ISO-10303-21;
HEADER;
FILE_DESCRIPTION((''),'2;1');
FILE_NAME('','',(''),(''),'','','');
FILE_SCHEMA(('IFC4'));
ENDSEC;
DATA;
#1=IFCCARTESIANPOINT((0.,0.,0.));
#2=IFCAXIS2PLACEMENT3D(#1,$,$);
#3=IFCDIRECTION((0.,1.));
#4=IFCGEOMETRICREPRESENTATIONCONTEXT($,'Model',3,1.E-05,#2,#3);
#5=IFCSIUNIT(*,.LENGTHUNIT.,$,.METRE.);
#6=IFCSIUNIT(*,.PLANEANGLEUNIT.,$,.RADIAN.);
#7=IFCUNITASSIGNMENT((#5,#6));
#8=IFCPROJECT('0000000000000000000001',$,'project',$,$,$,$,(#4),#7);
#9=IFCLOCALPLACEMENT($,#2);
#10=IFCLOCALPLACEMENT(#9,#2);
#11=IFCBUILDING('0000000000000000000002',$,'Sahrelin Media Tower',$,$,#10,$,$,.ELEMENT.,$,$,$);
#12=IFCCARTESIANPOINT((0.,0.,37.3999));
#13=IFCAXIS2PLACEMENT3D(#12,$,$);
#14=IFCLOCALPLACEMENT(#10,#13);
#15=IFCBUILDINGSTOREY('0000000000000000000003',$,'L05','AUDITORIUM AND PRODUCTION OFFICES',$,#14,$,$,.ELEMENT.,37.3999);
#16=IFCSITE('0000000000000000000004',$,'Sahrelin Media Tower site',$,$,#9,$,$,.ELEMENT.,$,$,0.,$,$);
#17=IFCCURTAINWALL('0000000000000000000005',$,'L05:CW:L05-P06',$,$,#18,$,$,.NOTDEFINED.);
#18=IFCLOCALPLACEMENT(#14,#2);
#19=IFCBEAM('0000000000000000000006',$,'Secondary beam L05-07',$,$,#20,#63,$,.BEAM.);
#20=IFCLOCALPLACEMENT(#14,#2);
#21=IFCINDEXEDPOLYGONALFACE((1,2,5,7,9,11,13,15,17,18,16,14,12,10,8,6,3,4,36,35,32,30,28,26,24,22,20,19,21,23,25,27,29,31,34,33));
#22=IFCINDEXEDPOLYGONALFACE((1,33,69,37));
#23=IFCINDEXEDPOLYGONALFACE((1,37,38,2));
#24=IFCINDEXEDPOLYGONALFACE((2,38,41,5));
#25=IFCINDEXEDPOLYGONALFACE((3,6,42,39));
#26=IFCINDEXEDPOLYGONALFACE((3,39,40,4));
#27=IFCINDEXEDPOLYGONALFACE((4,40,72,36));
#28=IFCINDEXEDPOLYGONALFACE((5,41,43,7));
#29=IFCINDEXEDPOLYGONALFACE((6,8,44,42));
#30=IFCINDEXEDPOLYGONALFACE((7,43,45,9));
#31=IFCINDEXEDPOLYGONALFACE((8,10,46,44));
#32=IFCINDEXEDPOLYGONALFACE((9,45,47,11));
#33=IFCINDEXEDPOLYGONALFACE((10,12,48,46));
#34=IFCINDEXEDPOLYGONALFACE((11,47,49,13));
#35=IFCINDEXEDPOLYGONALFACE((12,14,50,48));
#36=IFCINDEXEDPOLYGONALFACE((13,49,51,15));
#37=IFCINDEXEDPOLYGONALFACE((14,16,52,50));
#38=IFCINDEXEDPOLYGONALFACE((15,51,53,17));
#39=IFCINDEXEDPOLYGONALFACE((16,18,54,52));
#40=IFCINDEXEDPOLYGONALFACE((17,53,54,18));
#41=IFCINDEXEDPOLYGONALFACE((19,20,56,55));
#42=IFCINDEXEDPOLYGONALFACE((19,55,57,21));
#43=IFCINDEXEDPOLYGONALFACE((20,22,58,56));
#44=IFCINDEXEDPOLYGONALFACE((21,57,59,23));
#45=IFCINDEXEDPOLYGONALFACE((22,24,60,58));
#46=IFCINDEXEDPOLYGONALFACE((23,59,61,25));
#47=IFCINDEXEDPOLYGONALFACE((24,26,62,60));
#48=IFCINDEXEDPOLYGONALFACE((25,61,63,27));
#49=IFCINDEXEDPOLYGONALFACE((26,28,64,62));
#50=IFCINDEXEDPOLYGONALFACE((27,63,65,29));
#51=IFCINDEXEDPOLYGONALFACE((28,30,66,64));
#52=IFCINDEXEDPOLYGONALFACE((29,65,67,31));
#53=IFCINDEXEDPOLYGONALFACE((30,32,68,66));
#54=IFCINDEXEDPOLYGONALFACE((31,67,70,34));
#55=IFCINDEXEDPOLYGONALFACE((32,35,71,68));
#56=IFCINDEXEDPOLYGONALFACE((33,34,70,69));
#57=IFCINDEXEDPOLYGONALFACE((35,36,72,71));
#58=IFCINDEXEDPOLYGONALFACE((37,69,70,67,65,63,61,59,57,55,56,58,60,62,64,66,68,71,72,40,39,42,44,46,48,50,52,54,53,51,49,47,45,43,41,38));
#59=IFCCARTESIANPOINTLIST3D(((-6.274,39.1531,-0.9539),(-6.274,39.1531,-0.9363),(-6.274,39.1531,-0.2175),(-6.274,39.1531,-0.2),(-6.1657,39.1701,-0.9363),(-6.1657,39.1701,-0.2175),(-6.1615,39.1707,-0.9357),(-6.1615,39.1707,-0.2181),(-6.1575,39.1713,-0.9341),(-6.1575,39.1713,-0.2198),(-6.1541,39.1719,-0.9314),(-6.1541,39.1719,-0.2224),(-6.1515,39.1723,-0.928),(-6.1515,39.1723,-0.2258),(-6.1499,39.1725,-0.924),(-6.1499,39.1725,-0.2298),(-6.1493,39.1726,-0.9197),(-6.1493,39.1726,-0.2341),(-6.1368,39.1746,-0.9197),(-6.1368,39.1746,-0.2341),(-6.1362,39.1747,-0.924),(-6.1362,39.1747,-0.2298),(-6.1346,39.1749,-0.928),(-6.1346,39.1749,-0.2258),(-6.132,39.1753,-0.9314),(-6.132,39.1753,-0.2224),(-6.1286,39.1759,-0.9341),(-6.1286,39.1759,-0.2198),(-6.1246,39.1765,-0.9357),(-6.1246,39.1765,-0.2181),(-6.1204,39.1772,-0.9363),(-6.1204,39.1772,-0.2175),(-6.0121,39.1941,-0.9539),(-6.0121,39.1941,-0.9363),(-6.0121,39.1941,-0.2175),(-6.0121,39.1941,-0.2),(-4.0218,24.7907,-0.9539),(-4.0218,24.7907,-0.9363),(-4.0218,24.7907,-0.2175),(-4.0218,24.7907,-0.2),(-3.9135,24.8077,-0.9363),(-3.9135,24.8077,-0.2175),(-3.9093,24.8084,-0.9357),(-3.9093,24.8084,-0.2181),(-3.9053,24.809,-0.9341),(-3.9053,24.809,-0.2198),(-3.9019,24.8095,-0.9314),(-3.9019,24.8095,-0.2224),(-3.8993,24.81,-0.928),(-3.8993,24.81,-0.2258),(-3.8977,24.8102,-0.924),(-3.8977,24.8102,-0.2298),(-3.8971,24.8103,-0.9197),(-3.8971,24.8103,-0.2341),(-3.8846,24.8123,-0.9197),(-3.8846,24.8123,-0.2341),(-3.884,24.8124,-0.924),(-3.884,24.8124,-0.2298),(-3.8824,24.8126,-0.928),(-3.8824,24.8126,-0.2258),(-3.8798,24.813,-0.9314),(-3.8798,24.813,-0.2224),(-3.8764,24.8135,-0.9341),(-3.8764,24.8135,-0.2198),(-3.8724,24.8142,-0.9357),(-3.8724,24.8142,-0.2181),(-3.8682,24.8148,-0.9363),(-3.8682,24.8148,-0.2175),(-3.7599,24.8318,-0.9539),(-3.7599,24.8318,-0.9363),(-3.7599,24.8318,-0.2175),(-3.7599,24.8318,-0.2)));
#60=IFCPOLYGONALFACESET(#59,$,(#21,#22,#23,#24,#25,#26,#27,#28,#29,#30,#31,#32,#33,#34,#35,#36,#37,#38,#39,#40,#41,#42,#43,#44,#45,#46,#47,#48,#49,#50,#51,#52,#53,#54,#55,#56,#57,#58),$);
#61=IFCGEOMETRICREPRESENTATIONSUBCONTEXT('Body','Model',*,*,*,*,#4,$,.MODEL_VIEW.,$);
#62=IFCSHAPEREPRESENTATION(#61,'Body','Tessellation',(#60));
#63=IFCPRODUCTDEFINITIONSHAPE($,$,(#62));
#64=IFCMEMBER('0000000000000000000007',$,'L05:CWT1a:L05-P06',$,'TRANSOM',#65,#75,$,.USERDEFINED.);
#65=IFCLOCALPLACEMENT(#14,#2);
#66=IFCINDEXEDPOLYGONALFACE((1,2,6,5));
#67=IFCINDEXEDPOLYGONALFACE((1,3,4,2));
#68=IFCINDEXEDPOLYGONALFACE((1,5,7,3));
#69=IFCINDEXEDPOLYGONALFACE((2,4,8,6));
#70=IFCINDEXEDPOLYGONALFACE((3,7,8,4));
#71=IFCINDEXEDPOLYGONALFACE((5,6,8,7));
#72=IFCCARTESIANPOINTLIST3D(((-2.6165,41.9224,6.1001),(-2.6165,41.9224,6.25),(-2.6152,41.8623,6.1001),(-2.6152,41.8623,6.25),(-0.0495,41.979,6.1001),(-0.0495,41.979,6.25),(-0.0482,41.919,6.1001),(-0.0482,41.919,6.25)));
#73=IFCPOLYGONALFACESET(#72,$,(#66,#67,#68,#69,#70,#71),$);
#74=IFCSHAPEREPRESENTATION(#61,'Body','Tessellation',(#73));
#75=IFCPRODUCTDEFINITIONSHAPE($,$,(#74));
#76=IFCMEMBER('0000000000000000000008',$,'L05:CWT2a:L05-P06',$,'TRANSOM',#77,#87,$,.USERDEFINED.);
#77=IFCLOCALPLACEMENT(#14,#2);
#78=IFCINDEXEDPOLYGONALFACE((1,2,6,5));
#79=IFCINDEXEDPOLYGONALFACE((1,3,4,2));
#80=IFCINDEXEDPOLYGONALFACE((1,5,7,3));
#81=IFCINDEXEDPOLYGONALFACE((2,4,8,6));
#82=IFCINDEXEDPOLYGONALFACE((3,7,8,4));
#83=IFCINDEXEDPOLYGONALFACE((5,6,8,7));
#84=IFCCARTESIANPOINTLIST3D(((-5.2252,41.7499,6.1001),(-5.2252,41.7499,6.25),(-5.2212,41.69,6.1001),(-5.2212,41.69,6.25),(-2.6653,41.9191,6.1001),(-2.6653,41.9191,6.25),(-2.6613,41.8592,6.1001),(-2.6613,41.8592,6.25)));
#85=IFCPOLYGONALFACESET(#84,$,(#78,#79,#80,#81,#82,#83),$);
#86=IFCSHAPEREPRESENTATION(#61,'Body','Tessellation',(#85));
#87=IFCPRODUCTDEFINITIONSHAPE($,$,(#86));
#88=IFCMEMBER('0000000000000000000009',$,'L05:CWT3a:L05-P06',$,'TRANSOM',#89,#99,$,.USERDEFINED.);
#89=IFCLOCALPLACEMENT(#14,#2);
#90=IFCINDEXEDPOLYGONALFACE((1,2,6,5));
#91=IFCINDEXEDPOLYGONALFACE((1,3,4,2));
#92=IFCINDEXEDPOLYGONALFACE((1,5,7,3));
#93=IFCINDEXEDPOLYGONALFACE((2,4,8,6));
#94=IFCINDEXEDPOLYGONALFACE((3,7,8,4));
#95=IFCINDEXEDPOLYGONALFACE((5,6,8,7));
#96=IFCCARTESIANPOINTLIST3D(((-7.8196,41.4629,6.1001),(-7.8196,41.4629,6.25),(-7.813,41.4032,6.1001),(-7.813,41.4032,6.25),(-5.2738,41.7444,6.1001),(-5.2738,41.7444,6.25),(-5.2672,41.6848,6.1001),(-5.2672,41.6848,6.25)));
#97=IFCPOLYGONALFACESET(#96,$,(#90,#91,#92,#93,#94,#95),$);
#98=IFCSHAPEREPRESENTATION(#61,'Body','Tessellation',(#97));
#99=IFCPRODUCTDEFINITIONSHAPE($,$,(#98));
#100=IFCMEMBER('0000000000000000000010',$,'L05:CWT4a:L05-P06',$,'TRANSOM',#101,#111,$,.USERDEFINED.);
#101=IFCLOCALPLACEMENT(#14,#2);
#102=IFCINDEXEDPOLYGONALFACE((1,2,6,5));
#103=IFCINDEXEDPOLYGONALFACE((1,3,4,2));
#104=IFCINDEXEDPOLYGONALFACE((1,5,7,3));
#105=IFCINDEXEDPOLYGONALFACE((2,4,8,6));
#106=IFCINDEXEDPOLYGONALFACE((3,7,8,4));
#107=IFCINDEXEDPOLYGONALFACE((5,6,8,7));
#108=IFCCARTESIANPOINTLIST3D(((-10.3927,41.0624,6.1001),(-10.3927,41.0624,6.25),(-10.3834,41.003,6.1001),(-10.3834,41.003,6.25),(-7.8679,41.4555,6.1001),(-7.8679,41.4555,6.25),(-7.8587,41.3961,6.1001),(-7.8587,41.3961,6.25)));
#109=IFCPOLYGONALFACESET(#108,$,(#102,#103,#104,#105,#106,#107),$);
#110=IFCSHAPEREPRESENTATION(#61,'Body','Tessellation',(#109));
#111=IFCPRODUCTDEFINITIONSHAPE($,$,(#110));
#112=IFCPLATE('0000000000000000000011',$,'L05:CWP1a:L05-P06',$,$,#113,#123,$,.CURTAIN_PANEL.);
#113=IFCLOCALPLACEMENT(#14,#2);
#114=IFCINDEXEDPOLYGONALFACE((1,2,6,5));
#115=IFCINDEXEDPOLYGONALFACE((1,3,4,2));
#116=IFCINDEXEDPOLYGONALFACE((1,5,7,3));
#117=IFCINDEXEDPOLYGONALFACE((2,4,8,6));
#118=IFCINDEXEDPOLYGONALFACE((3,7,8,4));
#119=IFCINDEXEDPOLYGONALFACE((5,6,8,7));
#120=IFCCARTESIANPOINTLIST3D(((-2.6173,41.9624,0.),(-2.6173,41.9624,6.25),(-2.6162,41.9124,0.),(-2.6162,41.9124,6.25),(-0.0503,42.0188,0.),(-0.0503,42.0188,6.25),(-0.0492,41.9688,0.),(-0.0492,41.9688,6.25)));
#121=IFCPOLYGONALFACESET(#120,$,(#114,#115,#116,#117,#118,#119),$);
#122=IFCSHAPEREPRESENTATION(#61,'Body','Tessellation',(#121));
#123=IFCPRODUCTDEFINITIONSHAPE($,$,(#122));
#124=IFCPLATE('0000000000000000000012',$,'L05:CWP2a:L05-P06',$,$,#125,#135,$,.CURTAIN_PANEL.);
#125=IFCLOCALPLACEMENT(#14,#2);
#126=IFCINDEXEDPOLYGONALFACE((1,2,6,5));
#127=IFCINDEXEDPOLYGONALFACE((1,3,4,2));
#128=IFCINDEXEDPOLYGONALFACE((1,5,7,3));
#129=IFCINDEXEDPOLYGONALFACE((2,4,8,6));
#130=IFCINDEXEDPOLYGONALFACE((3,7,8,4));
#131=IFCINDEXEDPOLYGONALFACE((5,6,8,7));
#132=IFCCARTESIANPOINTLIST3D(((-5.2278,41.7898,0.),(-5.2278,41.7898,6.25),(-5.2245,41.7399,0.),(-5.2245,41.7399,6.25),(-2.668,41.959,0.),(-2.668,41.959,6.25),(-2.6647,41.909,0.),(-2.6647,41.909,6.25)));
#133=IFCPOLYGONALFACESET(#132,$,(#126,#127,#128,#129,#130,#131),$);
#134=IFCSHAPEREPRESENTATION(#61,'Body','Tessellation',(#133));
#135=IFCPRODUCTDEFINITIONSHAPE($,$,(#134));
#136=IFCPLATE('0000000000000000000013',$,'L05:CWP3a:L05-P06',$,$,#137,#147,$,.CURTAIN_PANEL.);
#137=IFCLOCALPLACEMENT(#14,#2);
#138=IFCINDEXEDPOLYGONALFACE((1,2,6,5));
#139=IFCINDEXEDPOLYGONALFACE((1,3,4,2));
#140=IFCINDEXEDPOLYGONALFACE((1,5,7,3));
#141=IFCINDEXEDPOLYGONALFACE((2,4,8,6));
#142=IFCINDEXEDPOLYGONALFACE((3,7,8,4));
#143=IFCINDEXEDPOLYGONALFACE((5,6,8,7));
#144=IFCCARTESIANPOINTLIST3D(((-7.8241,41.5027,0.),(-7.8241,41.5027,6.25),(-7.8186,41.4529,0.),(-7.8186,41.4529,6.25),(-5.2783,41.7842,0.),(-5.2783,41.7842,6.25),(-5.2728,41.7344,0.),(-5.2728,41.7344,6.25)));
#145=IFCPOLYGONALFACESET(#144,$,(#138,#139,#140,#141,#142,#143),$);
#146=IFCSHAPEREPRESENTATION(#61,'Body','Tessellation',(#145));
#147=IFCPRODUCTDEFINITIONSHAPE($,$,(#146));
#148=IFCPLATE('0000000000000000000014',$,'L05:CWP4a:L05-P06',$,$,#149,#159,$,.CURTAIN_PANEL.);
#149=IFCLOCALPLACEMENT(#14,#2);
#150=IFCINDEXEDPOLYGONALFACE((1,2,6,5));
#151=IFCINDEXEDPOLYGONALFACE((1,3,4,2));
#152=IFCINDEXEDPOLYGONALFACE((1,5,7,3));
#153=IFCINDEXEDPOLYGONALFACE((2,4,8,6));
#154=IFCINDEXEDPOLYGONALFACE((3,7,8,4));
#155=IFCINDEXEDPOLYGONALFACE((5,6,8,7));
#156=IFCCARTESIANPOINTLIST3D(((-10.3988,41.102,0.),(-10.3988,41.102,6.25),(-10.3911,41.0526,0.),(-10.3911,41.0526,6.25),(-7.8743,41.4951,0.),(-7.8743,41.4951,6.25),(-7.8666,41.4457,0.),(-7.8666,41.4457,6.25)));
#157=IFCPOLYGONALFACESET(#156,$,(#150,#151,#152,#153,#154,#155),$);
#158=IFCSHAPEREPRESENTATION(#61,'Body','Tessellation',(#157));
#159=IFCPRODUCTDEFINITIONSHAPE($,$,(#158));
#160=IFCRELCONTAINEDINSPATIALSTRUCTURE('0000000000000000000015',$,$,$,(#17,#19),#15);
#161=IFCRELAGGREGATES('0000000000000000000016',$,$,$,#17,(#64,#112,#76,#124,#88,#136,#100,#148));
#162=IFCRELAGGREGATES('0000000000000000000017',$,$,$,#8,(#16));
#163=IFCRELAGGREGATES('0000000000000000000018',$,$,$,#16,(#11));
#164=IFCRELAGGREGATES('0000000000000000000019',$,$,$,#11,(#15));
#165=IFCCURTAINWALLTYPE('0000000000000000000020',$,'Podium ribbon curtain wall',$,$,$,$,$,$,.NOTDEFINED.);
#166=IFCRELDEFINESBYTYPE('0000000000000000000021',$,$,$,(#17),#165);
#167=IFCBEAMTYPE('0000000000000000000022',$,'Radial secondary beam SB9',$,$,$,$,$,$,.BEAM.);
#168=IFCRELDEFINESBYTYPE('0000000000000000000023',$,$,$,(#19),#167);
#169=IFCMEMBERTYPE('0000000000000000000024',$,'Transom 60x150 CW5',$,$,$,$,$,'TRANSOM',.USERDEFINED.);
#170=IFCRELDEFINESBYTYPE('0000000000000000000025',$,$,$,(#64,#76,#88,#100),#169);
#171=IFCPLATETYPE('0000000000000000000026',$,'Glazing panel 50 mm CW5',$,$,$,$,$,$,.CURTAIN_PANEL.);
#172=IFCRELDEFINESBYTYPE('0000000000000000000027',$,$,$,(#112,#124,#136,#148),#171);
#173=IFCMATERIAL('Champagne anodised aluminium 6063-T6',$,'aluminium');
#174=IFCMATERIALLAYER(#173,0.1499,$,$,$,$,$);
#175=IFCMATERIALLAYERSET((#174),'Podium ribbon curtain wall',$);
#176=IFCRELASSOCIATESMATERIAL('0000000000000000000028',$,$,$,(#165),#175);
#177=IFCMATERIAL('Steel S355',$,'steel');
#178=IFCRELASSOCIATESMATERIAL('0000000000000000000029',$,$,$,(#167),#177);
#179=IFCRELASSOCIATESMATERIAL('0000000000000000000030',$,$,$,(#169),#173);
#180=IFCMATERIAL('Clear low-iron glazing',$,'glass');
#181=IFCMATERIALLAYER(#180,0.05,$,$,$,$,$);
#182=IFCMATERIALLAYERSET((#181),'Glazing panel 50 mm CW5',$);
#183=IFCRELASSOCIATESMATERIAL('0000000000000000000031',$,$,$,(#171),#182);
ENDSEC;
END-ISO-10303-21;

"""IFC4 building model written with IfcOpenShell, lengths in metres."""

from ifc_helpers import new_model, si_unit, direction, frame, origin, origin_2d, place, context, subcontext, project, spatial, polyline, rectangle, i_section, outline, extrude, material, layer, layer_set, material_profile, profile_set, type_object, element, aggregate, save


model = new_model("IFC4")

# Units and contexts
model_context = context("Model", 3, precision=1e-05, world=origin(), true_north=direction((0.0, 1.0)))
body_context = subcontext(model_context, "Body", "Model", "MODEL_VIEW")
ifc_project = project(units=[si_unit("LENGTHUNIT", "METRE"), si_unit("PLANEANGLEUNIT", "RADIAN")], contexts=[model_context])

# Site, building, storey
site_placement = place(None, origin())
site = spatial("IfcSite", under=ifc_project, at=site_placement, Name="Sahrelin Media Tower site", CompositionType="ELEMENT", RefElevation=0.0)
building_placement = place(site_placement, origin())
building = spatial("IfcBuilding", under=site, at=building_placement, Name="Sahrelin Media Tower", CompositionType="ELEMENT")
storey_placement = place(building_placement, frame((0.0, 0.0, 37.3999)))
storey = spatial("IfcBuildingStorey", under=building, at=storey_placement, Name="L05", Description="AUDITORIUM AND PRODUCTION OFFICES", CompositionType="ELEMENT", Elevation=37.3999)

# Shared definitions
ifc_material_1 = material(Name="Steel S355", Category="steel")

# Curtain wall
ifc_material_2 = material(Name="Champagne anodised aluminium 6063-T6", Category="aluminium")
ifc_layer_1 = layer(ifc_material_2, 0.1499)
ifc_layer_set_1 = layer_set([ifc_layer_1], Name="Podium ribbon curtain wall")
curtain_wall_type = type_object("IfcCurtainWallType", Name="Podium ribbon curtain wall", PredefinedType="NOTDEFINED", material=ifc_layer_set_1)
curtain_wall_placement = place(storey_placement, frame((0.0, 42.0, 0.0), z_axis=(0.0, 0.0, 1.0), x_axis=(1.0, 0.0, 0.0)))
curtain_wall = element("IfcCurtainWall", 1, at=curtain_wall_placement, inside=storey, type_object=curtain_wall_type, Name="L05:CW:L05-P06", PredefinedType="NOTDEFINED")

# Beam
ifc_material_profile_1 = material_profile(ifc_material_1, i_section(OverallWidth=0.2651, OverallDepth=0.7539, WebThickness=0.0127, FlangeThickness=0.0176, FilletRadius=0.0166, at=origin_2d()), Name="UB 762x267x147")
ifc_profile_set_1 = profile_set([ifc_material_profile_1], Name="Steel S355")
beam_type_1 = type_object("IfcBeamType", Name="Radial secondary beam SB9", PredefinedType="BEAM", material=ifc_profile_set_1)
beam_1_placement = place(storey_placement, frame((-3.8909, 24.8113, -0.5769), z_axis=(-0.15492, 0.987927, 0.0), x_axis=(-0.987927, -0.15492, 0.0)))
element("IfcBeam", 2, at=beam_1_placement, inside=storey, type_object=beam_type_1, Name="Secondary beam L05-07", PredefinedType="BEAM", context=body_context, shape_type="SweptSolid", body=[
    extrude(i_section(OverallWidth=0.2651, OverallDepth=0.7539, WebThickness=0.0127, FlangeThickness=0.0176, FilletRadius=0.0166, at=origin_2d()), origin(), (0.0, 0.0, 1.0), 14.5378),
])

# Members
ifc_material_profile_2 = material_profile(ifc_material_2, rectangle(XDim=0.0601, YDim=0.1499, at=origin_2d()), Name="Transom 60x150")
ifc_profile_set_2 = profile_set([ifc_material_profile_2], Name="Champagne anodised aluminium 6063-T6")
member_type_1 = type_object("IfcMemberType", Name="Transom 60x150 CW5", ElementType="TRANSOM", PredefinedType="USERDEFINED", material=ifc_profile_set_2)
member_1_placement = place(storey_placement, frame((-0.0488, 41.949, 6.175), z_axis=(-0.999757, -0.02206, 0.0), x_axis=(0.02206, -0.999757, 0.0)))
member_1 = element("IfcMember", 3, at=member_1_placement, type_object=member_type_1, Name="L05:CWT1a:L05-P06", ObjectType="TRANSOM", PredefinedType="USERDEFINED", context=body_context, shape_type="SweptSolid", body=[
    extrude(rectangle(XDim=0.0601, YDim=0.1499, at=origin_2d()), origin(), (0.0, 0.0, 1.0), 2.5676),
])
member_2_placement = place(storey_placement, frame((-2.6633, 41.8892, 6.175), z_axis=(-0.997823, -0.065951, 0.0), x_axis=(0.065951, -0.997823, 0.0)))
member_2 = element("IfcMember", 4, at=member_2_placement, type_object=member_type_1, Name="L05:CWT2a:L05-P06", ObjectType="TRANSOM", PredefinedType="USERDEFINED", context=body_context, shape_type="SweptSolid", body=[
    extrude(rectangle(XDim=0.0601, YDim=0.1499, at=origin_2d()), origin(), (0.0, 0.0, 1.0), 2.5654),
])
member_3_placement = place(storey_placement, frame((-5.2705, 41.7146, 6.175), z_axis=(-0.993942, -0.109908, 0.0), x_axis=(0.109908, -0.993942, 0.0)))
member_3 = element("IfcMember", 5, at=member_3_placement, type_object=member_type_1, Name="L05:CWT3a:L05-P06", ObjectType="TRANSOM", PredefinedType="USERDEFINED", context=body_context, shape_type="SweptSolid", body=[
    extrude(rectangle(XDim=0.0601, YDim=0.1499, at=origin_2d()), origin(), (0.0, 0.0, 1.0), 2.5613),
])
member_4_placement = place(storey_placement, frame((-7.8633, 41.4258, 6.175), z_axis=(-0.988096, -0.153838, 0.0), x_axis=(0.153838, -0.988096, 0.0)))
member_4 = element("IfcMember", 6, at=member_4_placement, type_object=member_type_1, Name="L05:CWT4a:L05-P06", ObjectType="TRANSOM", PredefinedType="USERDEFINED", context=body_context, shape_type="SweptSolid", body=[
    extrude(rectangle(XDim=0.0601, YDim=0.1499, at=origin_2d()), origin(), (0.0, 0.0, 1.0), 2.5552),
])

# Plates
ifc_material_3 = material(Name="Clear low-iron glazing", Category="glass")
ifc_layer_2 = layer(ifc_material_3, 0.05)
ifc_layer_set_2 = layer_set([ifc_layer_2], Name="Glazing panel 50 mm CW5")
plate_type = type_object("IfcPlateType", Name="Glazing panel 50 mm CW5", PredefinedType="CURTAIN_PANEL", material=ifc_layer_set_2)
plate_1_placement = place(storey_placement, frame((-0.0503, 42.0188, 0.0), z_axis=(-0.021965, 0.999759, 0.0), x_axis=(-0.999759, -0.021965, 0.0)))
plate_1 = element("IfcPlate", 7, at=plate_1_placement, type_object=plate_type, Name="L05:CWP1a:L05-P06", PredefinedType="CURTAIN_PANEL", context=body_context, shape_type="SweptSolid", body=[
    extrude(outline(polyline([(0.0, 0.0), (2.5676, 0.0), (2.5676, 6.25), (0.0, 6.25), (0.0, 0.0)])), origin(), (0.0, 0.0, -1.0), 0.05),
])
plate_2_placement = place(storey_placement, frame((-2.668, 41.959, 0.0), z_axis=(-0.065951, 0.997823, 0.0), x_axis=(-0.997823, -0.065951, 0.0)))
plate_2 = element("IfcPlate", 8, at=plate_2_placement, type_object=plate_type, Name="L05:CWP2a:L05-P06", PredefinedType="CURTAIN_PANEL", context=body_context, shape_type="SweptSolid", body=[
    extrude(outline(polyline([(0.0, 0.0), (2.5654, 0.0), (2.5654, 6.25), (0.0, 6.25), (0.0, 0.0)])), origin(), (0.0, 0.0, -1.0), 0.05),
])
plate_3_placement = place(storey_placement, frame((-5.2783, 41.7842, 0.0), z_axis=(-0.109908, 0.993942, 0.0), x_axis=(-0.993942, -0.109908, 0.0)))
plate_3 = element("IfcPlate", 9, at=plate_3_placement, type_object=plate_type, Name="L05:CWP3a:L05-P06", PredefinedType="CURTAIN_PANEL", context=body_context, shape_type="SweptSolid", body=[
    extrude(outline(polyline([(0.0, 0.0), (2.5613, 0.0), (2.5613, 6.25), (0.0, 6.25), (0.0, 0.0)])), origin(), (0.0, 0.0, -1.0), 0.05),
])
plate_4_placement = place(storey_placement, frame((-7.8743, 41.4951, 0.0), z_axis=(-0.153852, 0.988094, 0.0), x_axis=(-0.988094, -0.153852, 0.0)))
plate_4 = element("IfcPlate", 10, at=plate_4_placement, type_object=plate_type, Name="L05:CWP4a:L05-P06", PredefinedType="CURTAIN_PANEL", context=body_context, shape_type="SweptSolid", body=[
    extrude(outline(polyline([(0.0, 0.0), (2.5549, 0.0), (2.5549, 6.25), (0.0, 6.25), (0.0, 0.0)])), origin(), (0.0, 0.0, -1.0), 0.05),
])
aggregate(curtain_wall, [member_1, plate_1, member_2, plate_2, member_3, plate_3, member_4, plate_4])

save(model, "model.ifc")
